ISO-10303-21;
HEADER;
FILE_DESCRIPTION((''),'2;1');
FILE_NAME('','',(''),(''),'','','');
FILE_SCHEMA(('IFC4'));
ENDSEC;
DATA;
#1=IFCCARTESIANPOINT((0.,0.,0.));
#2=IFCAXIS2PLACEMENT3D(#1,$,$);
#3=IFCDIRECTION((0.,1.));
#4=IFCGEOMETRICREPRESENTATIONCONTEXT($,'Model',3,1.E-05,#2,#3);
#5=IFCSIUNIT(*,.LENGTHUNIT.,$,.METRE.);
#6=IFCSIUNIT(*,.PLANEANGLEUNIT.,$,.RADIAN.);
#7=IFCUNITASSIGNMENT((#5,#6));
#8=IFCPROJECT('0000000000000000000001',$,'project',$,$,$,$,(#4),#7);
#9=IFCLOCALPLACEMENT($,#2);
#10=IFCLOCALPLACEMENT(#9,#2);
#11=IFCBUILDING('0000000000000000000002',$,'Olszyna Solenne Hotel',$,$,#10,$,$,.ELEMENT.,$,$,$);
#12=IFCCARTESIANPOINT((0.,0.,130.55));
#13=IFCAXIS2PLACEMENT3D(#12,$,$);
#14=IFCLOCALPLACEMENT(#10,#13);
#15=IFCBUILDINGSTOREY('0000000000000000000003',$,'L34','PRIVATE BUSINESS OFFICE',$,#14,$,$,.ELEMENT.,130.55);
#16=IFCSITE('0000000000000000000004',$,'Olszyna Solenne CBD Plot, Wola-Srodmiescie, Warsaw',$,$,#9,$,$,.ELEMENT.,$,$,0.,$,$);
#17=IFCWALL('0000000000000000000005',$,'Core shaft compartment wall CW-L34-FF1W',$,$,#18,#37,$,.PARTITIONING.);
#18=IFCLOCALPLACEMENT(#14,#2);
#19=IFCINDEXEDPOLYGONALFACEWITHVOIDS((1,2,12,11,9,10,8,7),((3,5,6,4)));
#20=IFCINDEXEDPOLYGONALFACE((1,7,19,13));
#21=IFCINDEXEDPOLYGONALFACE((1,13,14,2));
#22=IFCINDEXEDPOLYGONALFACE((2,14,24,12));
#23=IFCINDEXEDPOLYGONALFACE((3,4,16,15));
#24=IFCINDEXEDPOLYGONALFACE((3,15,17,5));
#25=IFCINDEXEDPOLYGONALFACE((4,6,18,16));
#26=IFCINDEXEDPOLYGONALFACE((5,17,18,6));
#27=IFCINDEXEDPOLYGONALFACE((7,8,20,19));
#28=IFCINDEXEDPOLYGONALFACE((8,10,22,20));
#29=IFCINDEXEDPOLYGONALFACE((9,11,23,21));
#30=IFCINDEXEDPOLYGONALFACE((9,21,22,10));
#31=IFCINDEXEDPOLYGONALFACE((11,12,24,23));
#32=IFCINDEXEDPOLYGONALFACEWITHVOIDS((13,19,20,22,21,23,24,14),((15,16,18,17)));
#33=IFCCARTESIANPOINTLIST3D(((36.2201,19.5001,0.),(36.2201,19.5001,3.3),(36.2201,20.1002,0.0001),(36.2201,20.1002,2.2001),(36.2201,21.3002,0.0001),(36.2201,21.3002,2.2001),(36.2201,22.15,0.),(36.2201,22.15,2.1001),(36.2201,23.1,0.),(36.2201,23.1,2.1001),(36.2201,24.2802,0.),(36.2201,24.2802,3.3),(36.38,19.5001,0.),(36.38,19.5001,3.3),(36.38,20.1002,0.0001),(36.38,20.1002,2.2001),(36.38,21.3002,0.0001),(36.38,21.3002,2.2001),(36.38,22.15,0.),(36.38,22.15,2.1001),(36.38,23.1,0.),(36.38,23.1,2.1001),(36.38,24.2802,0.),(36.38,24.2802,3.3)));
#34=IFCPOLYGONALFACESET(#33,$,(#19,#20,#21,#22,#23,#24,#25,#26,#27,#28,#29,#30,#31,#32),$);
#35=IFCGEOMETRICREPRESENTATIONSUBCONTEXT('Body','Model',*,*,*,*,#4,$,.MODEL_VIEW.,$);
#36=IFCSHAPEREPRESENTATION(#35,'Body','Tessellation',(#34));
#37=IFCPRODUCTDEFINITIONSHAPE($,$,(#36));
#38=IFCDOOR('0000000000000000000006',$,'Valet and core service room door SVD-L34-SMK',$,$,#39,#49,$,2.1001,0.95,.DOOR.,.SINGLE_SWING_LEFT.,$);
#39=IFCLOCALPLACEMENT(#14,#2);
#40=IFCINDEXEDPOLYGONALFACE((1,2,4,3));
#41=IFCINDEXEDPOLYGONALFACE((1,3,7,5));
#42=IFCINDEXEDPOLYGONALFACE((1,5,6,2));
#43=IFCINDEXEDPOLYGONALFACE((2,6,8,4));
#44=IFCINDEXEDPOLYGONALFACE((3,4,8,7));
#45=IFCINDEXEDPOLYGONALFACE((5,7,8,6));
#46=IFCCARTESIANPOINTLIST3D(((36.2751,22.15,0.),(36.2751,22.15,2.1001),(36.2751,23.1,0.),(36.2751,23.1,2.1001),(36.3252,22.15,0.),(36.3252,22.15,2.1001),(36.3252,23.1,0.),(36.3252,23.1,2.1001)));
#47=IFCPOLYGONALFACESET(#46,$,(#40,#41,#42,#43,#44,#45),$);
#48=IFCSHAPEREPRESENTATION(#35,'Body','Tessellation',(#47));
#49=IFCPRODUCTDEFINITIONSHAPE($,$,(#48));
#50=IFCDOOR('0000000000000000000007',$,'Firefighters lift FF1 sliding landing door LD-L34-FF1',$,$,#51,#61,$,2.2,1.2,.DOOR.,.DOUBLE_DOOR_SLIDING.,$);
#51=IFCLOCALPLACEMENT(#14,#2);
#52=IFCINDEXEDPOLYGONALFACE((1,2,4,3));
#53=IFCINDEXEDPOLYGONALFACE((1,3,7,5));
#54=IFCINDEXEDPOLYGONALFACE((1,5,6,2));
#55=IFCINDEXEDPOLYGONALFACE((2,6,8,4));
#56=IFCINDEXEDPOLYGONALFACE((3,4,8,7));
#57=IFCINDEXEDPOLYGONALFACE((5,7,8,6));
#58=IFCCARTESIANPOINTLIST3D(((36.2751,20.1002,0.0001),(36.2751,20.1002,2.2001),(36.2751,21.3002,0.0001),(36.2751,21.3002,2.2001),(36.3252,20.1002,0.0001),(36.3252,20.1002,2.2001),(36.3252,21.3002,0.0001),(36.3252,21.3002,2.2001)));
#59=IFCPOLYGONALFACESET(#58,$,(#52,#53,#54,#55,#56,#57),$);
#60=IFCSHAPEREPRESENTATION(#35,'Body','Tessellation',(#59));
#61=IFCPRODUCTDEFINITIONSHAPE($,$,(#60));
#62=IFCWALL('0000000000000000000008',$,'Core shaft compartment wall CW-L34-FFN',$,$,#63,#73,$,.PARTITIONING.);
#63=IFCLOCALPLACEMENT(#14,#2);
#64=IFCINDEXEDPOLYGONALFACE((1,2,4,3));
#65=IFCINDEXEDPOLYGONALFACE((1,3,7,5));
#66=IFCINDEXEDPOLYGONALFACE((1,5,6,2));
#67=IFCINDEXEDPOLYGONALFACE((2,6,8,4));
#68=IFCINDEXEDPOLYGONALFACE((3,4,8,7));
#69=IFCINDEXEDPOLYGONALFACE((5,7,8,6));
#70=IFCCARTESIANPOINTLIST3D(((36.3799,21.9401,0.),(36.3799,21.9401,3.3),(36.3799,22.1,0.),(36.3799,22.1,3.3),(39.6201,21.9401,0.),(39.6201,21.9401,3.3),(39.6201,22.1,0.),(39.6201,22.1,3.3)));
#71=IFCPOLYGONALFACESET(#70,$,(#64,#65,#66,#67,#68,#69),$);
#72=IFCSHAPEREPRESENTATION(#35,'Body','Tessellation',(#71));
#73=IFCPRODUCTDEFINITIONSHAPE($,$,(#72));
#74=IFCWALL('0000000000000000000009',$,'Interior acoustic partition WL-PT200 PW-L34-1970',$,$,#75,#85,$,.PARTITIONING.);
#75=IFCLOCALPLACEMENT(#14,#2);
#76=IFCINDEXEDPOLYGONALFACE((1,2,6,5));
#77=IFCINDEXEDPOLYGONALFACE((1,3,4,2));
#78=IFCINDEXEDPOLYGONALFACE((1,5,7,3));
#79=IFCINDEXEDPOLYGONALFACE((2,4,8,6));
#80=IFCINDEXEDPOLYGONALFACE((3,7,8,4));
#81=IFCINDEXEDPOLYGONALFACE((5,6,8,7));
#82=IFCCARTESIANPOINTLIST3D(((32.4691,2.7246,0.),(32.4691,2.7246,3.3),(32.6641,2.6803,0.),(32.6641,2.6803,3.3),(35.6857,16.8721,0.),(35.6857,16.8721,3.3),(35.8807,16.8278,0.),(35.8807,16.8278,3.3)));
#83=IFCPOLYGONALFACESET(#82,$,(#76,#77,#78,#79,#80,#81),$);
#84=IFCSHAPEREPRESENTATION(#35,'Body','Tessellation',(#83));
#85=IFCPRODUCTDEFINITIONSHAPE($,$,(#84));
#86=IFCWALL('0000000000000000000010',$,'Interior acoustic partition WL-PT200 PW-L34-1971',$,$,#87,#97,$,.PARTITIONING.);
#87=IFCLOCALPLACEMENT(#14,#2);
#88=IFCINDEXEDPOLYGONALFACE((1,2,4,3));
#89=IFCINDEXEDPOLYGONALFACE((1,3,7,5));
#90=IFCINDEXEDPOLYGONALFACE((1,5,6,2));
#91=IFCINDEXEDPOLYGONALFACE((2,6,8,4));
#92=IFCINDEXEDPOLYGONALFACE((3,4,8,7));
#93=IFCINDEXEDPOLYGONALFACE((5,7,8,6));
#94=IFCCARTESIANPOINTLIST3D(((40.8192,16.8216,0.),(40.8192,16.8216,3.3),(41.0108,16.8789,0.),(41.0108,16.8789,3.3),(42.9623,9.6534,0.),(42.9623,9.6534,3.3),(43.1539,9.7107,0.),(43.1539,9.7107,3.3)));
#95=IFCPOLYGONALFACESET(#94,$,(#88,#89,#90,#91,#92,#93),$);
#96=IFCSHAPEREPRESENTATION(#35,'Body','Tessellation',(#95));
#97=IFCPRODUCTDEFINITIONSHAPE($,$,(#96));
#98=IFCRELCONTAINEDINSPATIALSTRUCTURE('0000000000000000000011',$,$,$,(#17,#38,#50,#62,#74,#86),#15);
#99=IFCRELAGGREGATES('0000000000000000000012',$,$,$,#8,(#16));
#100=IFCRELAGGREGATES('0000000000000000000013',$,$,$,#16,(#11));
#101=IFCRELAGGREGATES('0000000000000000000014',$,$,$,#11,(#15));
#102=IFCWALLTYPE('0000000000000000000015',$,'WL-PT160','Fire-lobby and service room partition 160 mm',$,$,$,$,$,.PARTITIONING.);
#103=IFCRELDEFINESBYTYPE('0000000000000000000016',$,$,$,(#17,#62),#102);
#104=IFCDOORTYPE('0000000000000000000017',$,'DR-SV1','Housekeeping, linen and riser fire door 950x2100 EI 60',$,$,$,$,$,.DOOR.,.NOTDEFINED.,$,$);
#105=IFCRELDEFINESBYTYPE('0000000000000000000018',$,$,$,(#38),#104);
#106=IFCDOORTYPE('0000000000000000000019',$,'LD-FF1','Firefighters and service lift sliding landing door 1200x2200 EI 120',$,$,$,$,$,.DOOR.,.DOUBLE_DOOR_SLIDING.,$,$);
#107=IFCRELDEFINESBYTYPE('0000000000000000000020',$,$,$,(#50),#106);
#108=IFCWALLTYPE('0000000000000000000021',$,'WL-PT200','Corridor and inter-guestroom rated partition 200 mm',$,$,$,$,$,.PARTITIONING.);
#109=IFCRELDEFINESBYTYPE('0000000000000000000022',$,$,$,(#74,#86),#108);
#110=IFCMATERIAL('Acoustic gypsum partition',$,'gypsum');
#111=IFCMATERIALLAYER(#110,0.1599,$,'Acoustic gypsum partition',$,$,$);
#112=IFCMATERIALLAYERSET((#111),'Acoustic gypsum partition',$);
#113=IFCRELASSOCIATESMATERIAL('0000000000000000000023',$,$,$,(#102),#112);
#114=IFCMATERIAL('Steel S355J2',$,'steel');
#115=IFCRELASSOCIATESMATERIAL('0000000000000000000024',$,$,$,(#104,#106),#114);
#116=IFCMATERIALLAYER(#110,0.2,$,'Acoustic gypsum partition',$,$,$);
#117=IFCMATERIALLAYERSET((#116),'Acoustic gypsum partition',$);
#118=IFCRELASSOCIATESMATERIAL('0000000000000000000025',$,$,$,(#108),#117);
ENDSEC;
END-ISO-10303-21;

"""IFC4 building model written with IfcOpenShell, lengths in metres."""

from ifc_helpers import new_model, si_unit, direction, frame, frame_2d, origin, place, context, subcontext, project, spatial, rectangle, extrude, source, transform, mapped, material, layer, layer_set, type_object, type_shapes, element, fill, save


model = new_model("IFC4")

# Units and contexts
model_context = context("Model", 3, precision=1e-05, world=origin(), true_north=direction((0.0, 1.0)))
body_context = subcontext(model_context, "Body", "Model", "MODEL_VIEW")
ifc_project = project(units=[si_unit("LENGTHUNIT", "METRE"), si_unit("PLANEANGLEUNIT", "RADIAN")], contexts=[model_context])

# Site, building, storey
site_placement = place(None, origin())
site = spatial("IfcSite", under=ifc_project, at=site_placement, Name="Olszyna Solenne CBD Plot, Wola-Srodmiescie, Warsaw", CompositionType="ELEMENT", RefElevation=0.0)
building_placement = place(site_placement, origin())
building = spatial("IfcBuilding", under=site, at=building_placement, Name="Olszyna Solenne Hotel", CompositionType="ELEMENT")
storey_placement = place(building_placement, frame((0.0, 0.0, 130.55)))
storey = spatial("IfcBuildingStorey", under=building, at=storey_placement, Name="L34", Description="PRIVATE BUSINESS OFFICE", CompositionType="ELEMENT", Elevation=130.55)

# Shared definitions
ifc_material_1 = material(Name="Steel S355J2", Category="steel")

# Shared definitions
ifc_material_2 = material(Name="Acoustic gypsum partition", Category="gypsum")

# Wall, openings, doors
ifc_layer_1 = layer(ifc_material_2, 0.1599, Name="Acoustic gypsum partition")
ifc_layer_set_1 = layer_set([ifc_layer_1], Name="Acoustic gypsum partition")
wall_type_1 = type_object("IfcWallType", Name="WL-PT160", Description="Fire-lobby and service room partition 160 mm", PredefinedType="PARTITIONING", material=ifc_layer_set_1)
wall_1_placement = place(storey_placement, frame((36.3, 19.5, 0.0), z_axis=(0.0, 0.0, 1.0), x_axis=(0.0, 1.0, 0.0)))
wall_1 = element("IfcWall", 1, at=wall_1_placement, inside=storey, type_object=wall_type_1, Name="Core shaft compartment wall CW-L34-FF1W", PredefinedType="PARTITIONING", context=body_context, shape_type="SweptSolid", body=[
    extrude(rectangle(XDim=4.78, YDim=0.1599, at=frame_2d((2.3901, 0.0))), origin(), (0.0, 0.0, 1.0), 3.3),
])
opening_1_placement = place(wall_1_placement, frame((0.6001, 0.0, 0.0)))
opening_1 = element("IfcOpeningElement", 2, at=opening_1_placement, cuts=wall_1, PredefinedType="OPENING", context=body_context, shape_type="SweptSolid", body=[
    extrude(rectangle(XDim=1.2, YDim=2.2, at=frame_2d((0.6001, 1.1001))), frame((0.0, 0.0898, 0.0), z_axis=(0.0, -1.0, 0.0), x_axis=(1.0, 0.0, 0.0)), (0.0, 0.0, 1.0), 0.1799),
])
opening_2_placement = place(wall_1_placement, frame((2.6499, 0.0, 0.0)))
opening_2 = element("IfcOpeningElement", 3, at=opening_2_placement, cuts=wall_1, PredefinedType="OPENING", context=body_context, shape_type="SweptSolid", body=[
    extrude(rectangle(XDim=0.95, YDim=2.1001, at=frame_2d((0.4751, 1.05))), frame((0.0, 0.0898, 0.0), z_axis=(0.0, -1.0, 0.0), x_axis=(1.0, 0.0, 0.0)), (0.0, 0.0, 1.0), 0.1799),
])
door_type_1 = type_object("IfcDoorType", Name="DR-SV1", Description="Housekeeping, linen and riser fire door 950x2100 EI 60", OperationType="NOTDEFINED", PredefinedType="DOOR", material=ifc_material_1)
shared_shape_1 = source(origin(), body_context, "Body", "SweptSolid", [
    extrude(rectangle(XDim=0.95, YDim=2.1001, at=frame_2d((0.4751, 1.05))), frame((0.0, 0.0249, 0.0), z_axis=(0.0, -1.0, 0.0), x_axis=(1.0, 0.0, 0.0)), (0.0, 0.0, 1.0), 0.05),
])
type_shapes(door_type_1, [shared_shape_1])
door_1_placement = place(opening_2_placement, origin())
door_1 = element("IfcDoor", 4, at=door_1_placement, inside=storey, type_object=door_type_1, Name="Valet and core service room door SVD-L34-SMK", OperationType="SINGLE_SWING_LEFT", OverallHeight=2.1001, OverallWidth=0.95, PredefinedType="DOOR", context=body_context, shape_type="MappedRepresentation", body=[
    mapped(shared_shape_1, transform((0.0, 0.0, 0.0), x_axis=(1.0, 0.0, 0.0), y_axis=(0.0, 1.0, 0.0), z_axis=(0.0, 0.0, 1.0), scale=1.0)),
])
fill(opening_2, door_1)
door_type_2 = type_object("IfcDoorType", Name="LD-FF1", Description="Firefighters and service lift sliding landing door 1200x2200 EI 120", OperationType="DOUBLE_DOOR_SLIDING", PredefinedType="DOOR", material=ifc_material_1)
shared_shape_2 = source(origin(), body_context, "Body", "SweptSolid", [
    extrude(rectangle(XDim=1.2, YDim=2.2, at=frame_2d((0.6001, 1.1001))), frame((0.0, 0.0249, 0.0), z_axis=(0.0, -1.0, 0.0), x_axis=(1.0, 0.0, 0.0)), (0.0, 0.0, 1.0), 0.05),
])
type_shapes(door_type_2, [shared_shape_2])
door_2_placement = place(opening_1_placement, origin())
door_2 = element("IfcDoor", 5, at=door_2_placement, inside=storey, type_object=door_type_2, Name="Firefighters lift FF1 sliding landing door LD-L34-FF1", OperationType="DOUBLE_DOOR_SLIDING", OverallHeight=2.2, OverallWidth=1.2, PredefinedType="DOOR", context=body_context, shape_type="MappedRepresentation", body=[
    mapped(shared_shape_2, transform((0.0, 0.0, 0.0), x_axis=(1.0, 0.0, 0.0), y_axis=(0.0, 1.0, 0.0), z_axis=(0.0, 0.0, 1.0), scale=1.0)),
])
fill(opening_1, door_2)

# Walls
wall_2_placement = place(storey_placement, frame((36.3799, 22.02, 0.0), z_axis=(0.0, 0.0, 1.0), x_axis=(1.0, 0.0, 0.0)))
element("IfcWall", 6, at=wall_2_placement, inside=storey, type_object=wall_type_1, Name="Core shaft compartment wall CW-L34-FFN", PredefinedType="PARTITIONING", context=body_context, shape_type="SweptSolid", body=[
    extrude(rectangle(XDim=3.2402, YDim=0.1599, at=frame_2d((1.6201, 0.0))), origin(), (0.0, 0.0, 1.0), 3.3),
])
ifc_layer_2 = layer(ifc_material_2, 0.2, Name="Acoustic gypsum partition")
ifc_layer_set_2 = layer_set([ifc_layer_2], Name="Acoustic gypsum partition")
wall_type_2 = type_object("IfcWallType", Name="WL-PT200", Description="Corridor and inter-guestroom rated partition 200 mm", PredefinedType="PARTITIONING", material=ifc_layer_set_2)
wall_3_placement = place(storey_placement, frame((35.7832, 16.8501, 0.0), z_axis=(0.0, 0.0, 1.0), x_axis=(-0.221701, -0.975115, 0.0)))
element("IfcWall", 7, at=wall_3_placement, inside=storey, type_object=wall_type_2, Name="Interior acoustic partition WL-PT200 PW-L34-1970", PredefinedType="PARTITIONING", context=body_context, shape_type="SweptSolid", body=[
    extrude(rectangle(XDim=14.5085, YDim=0.2, at=frame_2d((7.2544, 0.0))), origin(), (0.0, 0.0, 1.0), 3.3),
])
wall_4_placement = place(storey_placement, frame((40.915, 16.8501, 0.0), z_axis=(0.0, 0.0, 1.0), x_axis=(0.286441, -0.958098, 0.0)))
element("IfcWall", 8, at=wall_4_placement, inside=storey, type_object=wall_type_2, Name="Interior acoustic partition WL-PT200 PW-L34-1971", PredefinedType="PARTITIONING", context=body_context, shape_type="SweptSolid", body=[
    extrude(rectangle(XDim=7.4817, YDim=0.2, at=frame_2d((3.7407, 0.0))), origin(), (0.0, 0.0, 1.0), 3.3),
])

save(model, "model.ifc")
